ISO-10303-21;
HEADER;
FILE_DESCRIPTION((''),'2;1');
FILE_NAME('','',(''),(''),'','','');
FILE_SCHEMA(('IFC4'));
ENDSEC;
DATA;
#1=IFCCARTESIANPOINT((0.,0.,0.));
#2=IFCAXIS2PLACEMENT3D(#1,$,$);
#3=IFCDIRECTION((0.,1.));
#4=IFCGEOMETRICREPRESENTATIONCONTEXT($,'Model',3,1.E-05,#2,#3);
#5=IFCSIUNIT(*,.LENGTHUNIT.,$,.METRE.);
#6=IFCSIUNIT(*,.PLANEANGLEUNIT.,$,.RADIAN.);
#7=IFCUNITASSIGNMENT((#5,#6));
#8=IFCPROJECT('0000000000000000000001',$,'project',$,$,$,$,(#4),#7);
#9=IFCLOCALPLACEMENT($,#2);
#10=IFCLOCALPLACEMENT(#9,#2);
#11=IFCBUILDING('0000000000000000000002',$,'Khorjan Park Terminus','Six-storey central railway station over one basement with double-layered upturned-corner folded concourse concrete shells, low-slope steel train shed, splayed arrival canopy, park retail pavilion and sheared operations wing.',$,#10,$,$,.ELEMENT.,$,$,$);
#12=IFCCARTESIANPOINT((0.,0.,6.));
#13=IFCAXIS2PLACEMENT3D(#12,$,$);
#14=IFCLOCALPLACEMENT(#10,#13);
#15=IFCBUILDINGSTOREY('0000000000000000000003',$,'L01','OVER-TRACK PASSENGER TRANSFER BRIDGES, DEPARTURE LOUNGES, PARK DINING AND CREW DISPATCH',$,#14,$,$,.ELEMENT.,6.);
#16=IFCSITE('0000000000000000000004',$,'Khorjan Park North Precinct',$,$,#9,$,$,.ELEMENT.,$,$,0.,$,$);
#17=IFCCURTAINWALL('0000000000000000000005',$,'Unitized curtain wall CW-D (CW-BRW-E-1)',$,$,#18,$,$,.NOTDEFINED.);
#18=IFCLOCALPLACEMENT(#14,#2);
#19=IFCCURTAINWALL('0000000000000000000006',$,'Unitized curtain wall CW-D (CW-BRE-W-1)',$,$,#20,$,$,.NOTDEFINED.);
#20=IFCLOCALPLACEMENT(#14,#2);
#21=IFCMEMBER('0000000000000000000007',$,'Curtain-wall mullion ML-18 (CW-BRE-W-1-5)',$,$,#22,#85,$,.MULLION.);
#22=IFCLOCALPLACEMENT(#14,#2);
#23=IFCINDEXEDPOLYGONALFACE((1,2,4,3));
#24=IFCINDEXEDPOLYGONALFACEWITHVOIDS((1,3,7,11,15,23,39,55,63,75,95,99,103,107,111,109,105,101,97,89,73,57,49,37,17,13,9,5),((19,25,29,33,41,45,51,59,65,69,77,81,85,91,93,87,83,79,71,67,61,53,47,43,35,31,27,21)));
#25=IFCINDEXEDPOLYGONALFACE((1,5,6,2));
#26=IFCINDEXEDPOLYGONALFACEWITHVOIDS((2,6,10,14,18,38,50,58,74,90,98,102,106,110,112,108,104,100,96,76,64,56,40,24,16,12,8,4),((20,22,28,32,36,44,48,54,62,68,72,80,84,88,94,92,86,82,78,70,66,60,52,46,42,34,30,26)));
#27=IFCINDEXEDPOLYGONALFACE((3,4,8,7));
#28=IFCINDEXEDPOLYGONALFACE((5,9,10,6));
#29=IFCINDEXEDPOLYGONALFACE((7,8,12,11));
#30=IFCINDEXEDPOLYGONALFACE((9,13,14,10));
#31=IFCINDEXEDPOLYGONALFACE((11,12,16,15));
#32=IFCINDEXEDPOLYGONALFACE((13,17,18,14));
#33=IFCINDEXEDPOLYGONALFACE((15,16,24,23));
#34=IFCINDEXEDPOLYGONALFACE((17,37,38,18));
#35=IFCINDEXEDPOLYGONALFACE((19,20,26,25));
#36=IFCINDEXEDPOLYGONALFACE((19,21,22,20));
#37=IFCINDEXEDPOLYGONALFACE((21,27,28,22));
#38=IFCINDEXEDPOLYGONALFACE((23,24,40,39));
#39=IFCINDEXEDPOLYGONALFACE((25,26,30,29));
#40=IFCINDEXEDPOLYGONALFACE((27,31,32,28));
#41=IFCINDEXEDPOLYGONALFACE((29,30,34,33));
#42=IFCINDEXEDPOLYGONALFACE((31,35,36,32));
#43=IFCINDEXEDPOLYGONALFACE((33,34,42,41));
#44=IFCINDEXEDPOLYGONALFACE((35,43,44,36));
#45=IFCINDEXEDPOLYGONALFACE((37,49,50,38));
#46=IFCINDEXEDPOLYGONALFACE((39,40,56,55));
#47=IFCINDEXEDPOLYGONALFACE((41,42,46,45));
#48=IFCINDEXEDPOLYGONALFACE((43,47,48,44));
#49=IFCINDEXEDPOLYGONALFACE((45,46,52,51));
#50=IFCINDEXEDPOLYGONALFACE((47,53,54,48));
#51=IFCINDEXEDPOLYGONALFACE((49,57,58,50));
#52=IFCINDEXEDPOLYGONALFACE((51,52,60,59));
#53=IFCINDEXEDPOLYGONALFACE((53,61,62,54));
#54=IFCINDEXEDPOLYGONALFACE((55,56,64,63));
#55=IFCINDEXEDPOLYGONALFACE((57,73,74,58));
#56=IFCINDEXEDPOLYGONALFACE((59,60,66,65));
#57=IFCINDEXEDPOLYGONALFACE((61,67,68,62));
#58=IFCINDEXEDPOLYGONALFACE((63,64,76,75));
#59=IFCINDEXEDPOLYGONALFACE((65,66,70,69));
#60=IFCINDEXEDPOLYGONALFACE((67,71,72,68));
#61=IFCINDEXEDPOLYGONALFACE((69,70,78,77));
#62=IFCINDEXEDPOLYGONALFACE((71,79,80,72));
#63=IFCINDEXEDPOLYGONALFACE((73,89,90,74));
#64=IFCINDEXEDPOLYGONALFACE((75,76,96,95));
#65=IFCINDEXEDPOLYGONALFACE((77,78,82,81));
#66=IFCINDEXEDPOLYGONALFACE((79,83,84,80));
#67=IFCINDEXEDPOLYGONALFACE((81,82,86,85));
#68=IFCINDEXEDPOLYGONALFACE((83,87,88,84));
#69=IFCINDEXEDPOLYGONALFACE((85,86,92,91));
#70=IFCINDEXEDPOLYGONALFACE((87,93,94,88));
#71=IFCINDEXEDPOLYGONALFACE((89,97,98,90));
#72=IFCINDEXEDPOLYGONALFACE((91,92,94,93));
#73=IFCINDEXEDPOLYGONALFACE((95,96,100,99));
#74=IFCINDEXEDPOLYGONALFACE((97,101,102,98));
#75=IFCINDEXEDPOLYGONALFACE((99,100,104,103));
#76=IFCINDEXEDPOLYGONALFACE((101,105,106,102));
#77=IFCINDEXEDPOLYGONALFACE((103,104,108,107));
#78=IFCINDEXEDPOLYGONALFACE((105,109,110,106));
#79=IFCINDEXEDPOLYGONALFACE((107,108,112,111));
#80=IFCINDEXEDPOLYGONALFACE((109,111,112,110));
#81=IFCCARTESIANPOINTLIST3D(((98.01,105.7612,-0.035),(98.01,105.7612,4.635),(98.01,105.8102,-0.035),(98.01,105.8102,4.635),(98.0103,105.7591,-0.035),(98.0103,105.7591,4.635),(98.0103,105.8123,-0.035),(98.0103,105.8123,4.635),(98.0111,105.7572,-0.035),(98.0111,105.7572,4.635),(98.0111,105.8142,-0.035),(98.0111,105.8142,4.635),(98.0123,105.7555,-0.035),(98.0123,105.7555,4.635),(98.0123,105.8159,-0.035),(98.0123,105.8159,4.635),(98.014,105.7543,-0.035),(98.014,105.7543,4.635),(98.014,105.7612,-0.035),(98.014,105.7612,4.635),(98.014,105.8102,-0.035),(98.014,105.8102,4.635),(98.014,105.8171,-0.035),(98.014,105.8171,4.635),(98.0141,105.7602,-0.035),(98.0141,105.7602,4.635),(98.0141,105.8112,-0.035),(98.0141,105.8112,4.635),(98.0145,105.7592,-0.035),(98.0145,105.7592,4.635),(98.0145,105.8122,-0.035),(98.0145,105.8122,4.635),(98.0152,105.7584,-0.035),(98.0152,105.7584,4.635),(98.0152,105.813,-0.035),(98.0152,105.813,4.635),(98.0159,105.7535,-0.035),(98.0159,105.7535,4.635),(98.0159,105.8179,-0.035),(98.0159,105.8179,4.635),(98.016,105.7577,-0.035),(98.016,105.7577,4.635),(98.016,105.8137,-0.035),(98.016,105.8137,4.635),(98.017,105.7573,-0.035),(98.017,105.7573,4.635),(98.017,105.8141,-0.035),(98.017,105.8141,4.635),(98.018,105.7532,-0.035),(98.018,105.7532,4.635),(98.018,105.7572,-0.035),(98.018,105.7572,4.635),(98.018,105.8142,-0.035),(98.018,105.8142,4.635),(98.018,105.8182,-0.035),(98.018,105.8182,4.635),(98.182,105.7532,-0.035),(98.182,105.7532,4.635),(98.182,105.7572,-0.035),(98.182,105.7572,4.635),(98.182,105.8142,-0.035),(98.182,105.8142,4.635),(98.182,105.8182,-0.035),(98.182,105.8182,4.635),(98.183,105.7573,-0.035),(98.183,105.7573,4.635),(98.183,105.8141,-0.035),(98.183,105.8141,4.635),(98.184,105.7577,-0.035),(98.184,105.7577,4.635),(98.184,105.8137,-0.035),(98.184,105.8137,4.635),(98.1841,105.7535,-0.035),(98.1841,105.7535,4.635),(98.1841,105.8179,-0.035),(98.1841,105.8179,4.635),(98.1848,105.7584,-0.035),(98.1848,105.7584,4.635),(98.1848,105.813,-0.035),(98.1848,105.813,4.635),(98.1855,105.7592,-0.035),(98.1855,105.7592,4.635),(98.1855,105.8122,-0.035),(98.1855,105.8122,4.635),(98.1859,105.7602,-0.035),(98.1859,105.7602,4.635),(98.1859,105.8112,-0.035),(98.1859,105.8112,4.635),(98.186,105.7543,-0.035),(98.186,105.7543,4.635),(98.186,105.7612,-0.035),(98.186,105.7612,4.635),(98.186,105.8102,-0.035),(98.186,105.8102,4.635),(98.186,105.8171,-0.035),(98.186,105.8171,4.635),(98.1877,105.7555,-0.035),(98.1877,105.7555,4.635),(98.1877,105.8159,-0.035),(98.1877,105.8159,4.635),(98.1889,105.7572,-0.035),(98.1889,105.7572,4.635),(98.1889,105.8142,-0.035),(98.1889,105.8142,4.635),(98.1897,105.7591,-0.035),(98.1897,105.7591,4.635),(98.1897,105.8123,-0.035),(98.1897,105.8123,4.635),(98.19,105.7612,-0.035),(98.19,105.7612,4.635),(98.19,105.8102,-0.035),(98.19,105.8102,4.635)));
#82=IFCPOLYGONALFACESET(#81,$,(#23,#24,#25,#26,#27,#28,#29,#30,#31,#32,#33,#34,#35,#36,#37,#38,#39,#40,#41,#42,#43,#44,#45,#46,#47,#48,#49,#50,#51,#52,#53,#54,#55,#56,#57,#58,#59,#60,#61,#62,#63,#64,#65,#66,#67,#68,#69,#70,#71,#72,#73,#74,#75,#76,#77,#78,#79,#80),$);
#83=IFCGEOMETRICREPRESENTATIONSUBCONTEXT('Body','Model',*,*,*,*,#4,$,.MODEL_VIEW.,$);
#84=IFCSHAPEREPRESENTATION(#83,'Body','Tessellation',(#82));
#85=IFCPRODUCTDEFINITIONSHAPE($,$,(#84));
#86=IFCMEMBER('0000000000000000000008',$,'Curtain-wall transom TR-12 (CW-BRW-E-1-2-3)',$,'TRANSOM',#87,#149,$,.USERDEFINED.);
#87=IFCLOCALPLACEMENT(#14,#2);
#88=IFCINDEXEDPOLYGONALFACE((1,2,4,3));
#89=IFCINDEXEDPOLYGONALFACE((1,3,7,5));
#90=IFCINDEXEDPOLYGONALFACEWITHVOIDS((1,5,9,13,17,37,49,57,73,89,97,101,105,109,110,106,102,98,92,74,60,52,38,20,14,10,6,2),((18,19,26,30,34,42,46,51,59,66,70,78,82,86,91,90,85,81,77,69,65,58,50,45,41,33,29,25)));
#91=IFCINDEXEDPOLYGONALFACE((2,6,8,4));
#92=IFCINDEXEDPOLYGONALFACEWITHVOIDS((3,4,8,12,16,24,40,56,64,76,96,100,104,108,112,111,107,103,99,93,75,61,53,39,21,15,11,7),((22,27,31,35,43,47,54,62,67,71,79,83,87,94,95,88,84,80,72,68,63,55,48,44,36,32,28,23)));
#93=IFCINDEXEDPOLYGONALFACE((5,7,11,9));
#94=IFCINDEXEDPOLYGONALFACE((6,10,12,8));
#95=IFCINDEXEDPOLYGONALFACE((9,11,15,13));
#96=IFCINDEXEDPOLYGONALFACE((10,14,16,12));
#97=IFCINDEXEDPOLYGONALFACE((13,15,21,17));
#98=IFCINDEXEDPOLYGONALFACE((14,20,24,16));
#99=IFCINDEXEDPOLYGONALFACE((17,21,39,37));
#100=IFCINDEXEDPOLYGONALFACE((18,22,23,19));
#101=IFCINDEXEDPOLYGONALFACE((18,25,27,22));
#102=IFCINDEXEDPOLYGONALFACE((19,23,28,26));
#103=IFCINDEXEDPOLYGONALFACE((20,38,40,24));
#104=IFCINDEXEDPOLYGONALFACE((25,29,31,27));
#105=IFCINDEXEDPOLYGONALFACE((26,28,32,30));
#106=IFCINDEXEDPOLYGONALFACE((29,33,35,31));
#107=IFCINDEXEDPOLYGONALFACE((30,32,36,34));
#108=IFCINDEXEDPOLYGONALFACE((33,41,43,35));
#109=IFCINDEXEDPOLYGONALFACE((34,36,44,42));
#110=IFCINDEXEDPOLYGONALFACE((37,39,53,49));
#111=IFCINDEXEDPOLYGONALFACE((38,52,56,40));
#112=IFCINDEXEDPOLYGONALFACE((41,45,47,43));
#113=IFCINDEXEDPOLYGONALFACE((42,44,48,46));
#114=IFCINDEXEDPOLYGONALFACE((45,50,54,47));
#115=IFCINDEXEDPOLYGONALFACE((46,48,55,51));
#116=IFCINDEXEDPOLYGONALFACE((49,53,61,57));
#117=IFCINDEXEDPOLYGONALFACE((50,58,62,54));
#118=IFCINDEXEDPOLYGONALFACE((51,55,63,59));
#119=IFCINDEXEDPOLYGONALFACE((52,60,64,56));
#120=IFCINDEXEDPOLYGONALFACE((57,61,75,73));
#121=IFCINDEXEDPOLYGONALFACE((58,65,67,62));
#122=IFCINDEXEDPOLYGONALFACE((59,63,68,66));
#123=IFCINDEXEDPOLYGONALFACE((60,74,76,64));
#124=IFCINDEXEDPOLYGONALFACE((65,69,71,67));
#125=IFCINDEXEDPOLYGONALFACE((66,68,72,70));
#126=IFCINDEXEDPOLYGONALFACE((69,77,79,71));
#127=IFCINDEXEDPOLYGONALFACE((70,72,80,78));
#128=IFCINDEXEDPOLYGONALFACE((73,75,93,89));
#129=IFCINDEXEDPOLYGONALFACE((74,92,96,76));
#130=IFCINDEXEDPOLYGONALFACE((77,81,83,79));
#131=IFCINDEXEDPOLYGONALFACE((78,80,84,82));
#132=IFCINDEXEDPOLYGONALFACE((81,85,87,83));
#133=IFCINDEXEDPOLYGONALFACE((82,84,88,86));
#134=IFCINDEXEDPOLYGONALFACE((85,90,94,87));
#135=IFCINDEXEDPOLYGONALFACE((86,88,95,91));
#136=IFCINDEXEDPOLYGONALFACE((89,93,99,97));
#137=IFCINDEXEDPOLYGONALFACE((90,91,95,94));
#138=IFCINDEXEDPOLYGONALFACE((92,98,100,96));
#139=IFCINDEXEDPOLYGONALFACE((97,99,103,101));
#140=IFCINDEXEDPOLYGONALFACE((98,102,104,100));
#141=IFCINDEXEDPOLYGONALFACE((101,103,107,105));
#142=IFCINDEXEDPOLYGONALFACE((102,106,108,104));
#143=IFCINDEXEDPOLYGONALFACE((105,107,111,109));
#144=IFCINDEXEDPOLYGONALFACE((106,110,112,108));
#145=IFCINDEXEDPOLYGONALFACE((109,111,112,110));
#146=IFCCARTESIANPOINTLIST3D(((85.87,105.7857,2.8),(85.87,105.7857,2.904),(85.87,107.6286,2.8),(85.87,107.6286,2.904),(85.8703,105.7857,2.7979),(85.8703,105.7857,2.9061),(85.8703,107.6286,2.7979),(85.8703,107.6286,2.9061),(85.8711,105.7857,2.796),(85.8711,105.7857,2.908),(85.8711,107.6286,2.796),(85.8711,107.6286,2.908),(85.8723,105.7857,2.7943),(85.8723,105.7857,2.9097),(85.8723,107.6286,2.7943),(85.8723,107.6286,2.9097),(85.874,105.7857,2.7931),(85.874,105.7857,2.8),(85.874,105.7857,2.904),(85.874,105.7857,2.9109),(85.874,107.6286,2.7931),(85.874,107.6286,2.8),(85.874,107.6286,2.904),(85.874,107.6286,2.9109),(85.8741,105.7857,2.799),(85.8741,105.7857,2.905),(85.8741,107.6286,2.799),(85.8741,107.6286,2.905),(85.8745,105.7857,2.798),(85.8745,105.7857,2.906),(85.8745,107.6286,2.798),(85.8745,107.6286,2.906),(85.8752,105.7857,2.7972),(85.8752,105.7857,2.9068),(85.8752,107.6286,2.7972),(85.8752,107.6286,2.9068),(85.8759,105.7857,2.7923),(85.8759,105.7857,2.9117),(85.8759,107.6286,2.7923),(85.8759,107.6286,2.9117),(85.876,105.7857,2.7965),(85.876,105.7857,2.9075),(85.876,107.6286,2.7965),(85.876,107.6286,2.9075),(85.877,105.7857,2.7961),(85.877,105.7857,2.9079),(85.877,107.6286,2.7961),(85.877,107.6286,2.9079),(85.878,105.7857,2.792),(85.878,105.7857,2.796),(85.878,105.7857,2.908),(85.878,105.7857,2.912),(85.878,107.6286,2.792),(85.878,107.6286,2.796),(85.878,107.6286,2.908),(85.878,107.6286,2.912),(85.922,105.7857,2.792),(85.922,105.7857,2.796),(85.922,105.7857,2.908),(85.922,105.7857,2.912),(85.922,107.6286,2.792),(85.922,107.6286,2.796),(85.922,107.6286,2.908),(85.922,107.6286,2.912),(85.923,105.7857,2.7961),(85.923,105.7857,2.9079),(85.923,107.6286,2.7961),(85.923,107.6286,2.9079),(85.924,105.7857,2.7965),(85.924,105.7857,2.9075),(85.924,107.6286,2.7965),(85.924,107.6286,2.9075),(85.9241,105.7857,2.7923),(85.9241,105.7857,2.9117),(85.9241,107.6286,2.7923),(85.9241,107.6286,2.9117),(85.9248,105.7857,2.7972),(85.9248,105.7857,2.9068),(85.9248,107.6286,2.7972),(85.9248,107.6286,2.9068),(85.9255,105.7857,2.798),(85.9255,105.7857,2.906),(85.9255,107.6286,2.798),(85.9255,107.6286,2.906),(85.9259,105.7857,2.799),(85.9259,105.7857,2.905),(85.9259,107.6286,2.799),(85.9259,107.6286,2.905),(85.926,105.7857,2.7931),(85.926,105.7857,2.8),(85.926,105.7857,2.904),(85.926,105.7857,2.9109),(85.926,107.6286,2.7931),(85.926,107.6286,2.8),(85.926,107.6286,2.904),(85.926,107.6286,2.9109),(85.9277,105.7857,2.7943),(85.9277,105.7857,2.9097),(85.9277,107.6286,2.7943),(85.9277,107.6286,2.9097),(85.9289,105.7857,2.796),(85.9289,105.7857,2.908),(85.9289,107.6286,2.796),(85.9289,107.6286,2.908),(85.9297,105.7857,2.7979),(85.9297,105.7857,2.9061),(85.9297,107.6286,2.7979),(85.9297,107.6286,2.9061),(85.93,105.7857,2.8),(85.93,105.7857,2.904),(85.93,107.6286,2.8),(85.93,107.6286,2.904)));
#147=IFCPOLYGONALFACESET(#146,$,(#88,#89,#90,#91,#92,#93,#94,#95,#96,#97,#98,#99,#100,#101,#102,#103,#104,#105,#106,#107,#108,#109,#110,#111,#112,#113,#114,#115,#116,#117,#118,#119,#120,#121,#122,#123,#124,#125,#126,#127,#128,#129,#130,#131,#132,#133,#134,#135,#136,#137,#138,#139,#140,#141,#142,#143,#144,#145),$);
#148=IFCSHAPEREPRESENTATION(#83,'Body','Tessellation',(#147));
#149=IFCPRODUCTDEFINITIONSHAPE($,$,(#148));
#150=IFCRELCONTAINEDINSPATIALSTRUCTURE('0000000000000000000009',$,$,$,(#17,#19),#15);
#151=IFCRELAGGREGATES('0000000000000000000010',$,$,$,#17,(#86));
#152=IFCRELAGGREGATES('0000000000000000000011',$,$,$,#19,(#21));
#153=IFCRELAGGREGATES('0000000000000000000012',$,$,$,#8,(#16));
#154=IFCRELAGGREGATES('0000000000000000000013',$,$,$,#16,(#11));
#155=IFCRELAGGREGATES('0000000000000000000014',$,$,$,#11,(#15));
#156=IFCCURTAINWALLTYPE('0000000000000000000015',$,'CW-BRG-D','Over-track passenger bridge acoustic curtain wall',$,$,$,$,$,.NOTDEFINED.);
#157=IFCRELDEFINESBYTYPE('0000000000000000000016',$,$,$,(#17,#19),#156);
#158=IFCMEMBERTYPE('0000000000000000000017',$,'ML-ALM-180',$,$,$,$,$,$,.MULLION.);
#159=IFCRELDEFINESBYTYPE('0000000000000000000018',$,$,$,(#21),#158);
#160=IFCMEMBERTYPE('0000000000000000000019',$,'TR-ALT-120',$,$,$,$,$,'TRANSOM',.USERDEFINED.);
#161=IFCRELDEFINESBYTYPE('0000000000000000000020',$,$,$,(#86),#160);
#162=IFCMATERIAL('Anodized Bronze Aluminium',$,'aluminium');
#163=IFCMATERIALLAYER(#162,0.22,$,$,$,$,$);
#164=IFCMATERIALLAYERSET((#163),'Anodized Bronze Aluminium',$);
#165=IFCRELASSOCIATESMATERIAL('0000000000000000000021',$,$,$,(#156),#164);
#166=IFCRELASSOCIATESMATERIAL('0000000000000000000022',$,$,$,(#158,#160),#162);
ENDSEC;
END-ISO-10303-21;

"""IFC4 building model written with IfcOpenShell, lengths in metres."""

from ifc_helpers import new_model, si_unit, direction, frame, origin, origin_2d, place, context, subcontext, project, spatial, hollow_rectangle, extrude, material, layer, layer_set, material_profile, profile_set, type_object, element, aggregate, save


model = new_model("IFC4")

# Units and contexts
model_context = context("Model", 3, precision=1e-05, world=origin(), true_north=direction((0.0, 1.0)))
body_context = subcontext(model_context, "Body", "Model", "MODEL_VIEW")
ifc_project = project(units=[si_unit("LENGTHUNIT", "METRE"), si_unit("PLANEANGLEUNIT", "RADIAN")], contexts=[model_context])

# Site, building, storey
site_placement = place(None, origin())
site = spatial("IfcSite", under=ifc_project, at=site_placement, Name="Khorjan Park North Precinct", CompositionType="ELEMENT", RefElevation=0.0)
building_placement = place(site_placement, origin())
building = spatial("IfcBuilding", under=site, at=building_placement, Name="Khorjan Park Terminus", Description="Six-storey central railway station over one basement with double-layered upturned-corner folded concourse concrete shells, low-slope steel train shed, splayed arrival canopy, park retail pavilion and sheared operations wing.", CompositionType="ELEMENT")
storey_placement = place(building_placement, frame((0.0, 0.0, 6.0)))
storey = spatial("IfcBuildingStorey", under=building, at=storey_placement, Name="L01", Description="OVER-TRACK PASSENGER TRANSFER BRIDGES, DEPARTURE LOUNGES, PARK DINING AND CREW DISPATCH", CompositionType="ELEMENT", Elevation=6.0)

# Curtain walls, member
ifc_material_1 = material(Name="Anodized Bronze Aluminium", Category="aluminium")
ifc_layer_1 = layer(ifc_material_1, 0.22)
ifc_layer_set_1 = layer_set([ifc_layer_1], Name="Anodized Bronze Aluminium")
curtain_wall_type = type_object("IfcCurtainWallType", Name="CW-BRG-D", Description="Over-track passenger bridge acoustic curtain wall", PredefinedType="NOTDEFINED", material=ifc_layer_set_1)
curtain_wall_1_placement = place(storey_placement, origin())
curtain_wall_1 = element("IfcCurtainWall", 1, at=curtain_wall_1_placement, inside=storey, type_object=curtain_wall_type, Name="Unitized curtain wall CW-D (CW-BRW-E-1)", PredefinedType="NOTDEFINED")
ifc_material_profile_1 = material_profile(ifc_material_1, hollow_rectangle(XDim=0.065, YDim=0.18, WallThickness=0.004, InnerFilletRadius=0.004, OuterFilletRadius=0.008, at=origin_2d()), Name="ALM 65x180x4")
ifc_profile_set_1 = profile_set([ifc_material_profile_1], Name="Anodized Bronze Aluminium")
member_type_1 = type_object("IfcMemberType", Name="ML-ALM-180", PredefinedType="MULLION", material=ifc_profile_set_1)
curtain_wall_2_placement = place(storey_placement, origin())
curtain_wall_2 = element("IfcCurtainWall", 2, at=curtain_wall_2_placement, inside=storey, type_object=curtain_wall_type, Name="Unitized curtain wall CW-D (CW-BRE-W-1)", PredefinedType="NOTDEFINED")
member_1_placement = place(storey_placement, frame((98.1, 105.7857, -0.035), z_axis=(0.0, 0.0, 1.0), x_axis=(0.0, -1.0, 0.0)))
member_1 = element("IfcMember", 3, at=member_1_placement, type_object=member_type_1, Name="Curtain-wall mullion ML-18 (CW-BRE-W-1-5)", PredefinedType="MULLION", context=body_context, shape_type="SweptSolid", body=[
    extrude(hollow_rectangle(XDim=0.065, YDim=0.18, WallThickness=0.004, InnerFilletRadius=0.004, OuterFilletRadius=0.008, at=origin_2d()), origin(), (0.0, 0.0, 1.0), 4.67),
])

# Member
ifc_material_profile_2 = material_profile(ifc_material_1, hollow_rectangle(XDim=0.06, YDim=0.12, WallThickness=0.004, InnerFilletRadius=0.004, OuterFilletRadius=0.008, at=origin_2d()), Name="ALT 60x120x4")
ifc_profile_set_2 = profile_set([ifc_material_profile_2], Name="Anodized Bronze Aluminium")
member_type_2 = type_object("IfcMemberType", Name="TR-ALT-120", ElementType="TRANSOM", PredefinedType="USERDEFINED", material=ifc_profile_set_2)
member_2_placement = place(storey_placement, frame((85.9, 105.7857, 2.852), z_axis=(0.0, 1.0, 0.0), x_axis=(-1.0, 0.0, 0.0)))
member_2 = element("IfcMember", 4, at=member_2_placement, type_object=member_type_2, Name="Curtain-wall transom TR-12 (CW-BRW-E-1-2-3)", ObjectType="TRANSOM", PredefinedType="USERDEFINED", context=body_context, shape_type="SweptSolid", body=[
    extrude(hollow_rectangle(XDim=0.06, YDim=0.12, WallThickness=0.004, InnerFilletRadius=0.004, OuterFilletRadius=0.008, at=origin_2d()), origin(), (0.0, 0.0, 1.0), 1.8429),
])

aggregate(curtain_wall_1, [member_2])
aggregate(curtain_wall_2, [member_1])

save(model, "model.ifc")
